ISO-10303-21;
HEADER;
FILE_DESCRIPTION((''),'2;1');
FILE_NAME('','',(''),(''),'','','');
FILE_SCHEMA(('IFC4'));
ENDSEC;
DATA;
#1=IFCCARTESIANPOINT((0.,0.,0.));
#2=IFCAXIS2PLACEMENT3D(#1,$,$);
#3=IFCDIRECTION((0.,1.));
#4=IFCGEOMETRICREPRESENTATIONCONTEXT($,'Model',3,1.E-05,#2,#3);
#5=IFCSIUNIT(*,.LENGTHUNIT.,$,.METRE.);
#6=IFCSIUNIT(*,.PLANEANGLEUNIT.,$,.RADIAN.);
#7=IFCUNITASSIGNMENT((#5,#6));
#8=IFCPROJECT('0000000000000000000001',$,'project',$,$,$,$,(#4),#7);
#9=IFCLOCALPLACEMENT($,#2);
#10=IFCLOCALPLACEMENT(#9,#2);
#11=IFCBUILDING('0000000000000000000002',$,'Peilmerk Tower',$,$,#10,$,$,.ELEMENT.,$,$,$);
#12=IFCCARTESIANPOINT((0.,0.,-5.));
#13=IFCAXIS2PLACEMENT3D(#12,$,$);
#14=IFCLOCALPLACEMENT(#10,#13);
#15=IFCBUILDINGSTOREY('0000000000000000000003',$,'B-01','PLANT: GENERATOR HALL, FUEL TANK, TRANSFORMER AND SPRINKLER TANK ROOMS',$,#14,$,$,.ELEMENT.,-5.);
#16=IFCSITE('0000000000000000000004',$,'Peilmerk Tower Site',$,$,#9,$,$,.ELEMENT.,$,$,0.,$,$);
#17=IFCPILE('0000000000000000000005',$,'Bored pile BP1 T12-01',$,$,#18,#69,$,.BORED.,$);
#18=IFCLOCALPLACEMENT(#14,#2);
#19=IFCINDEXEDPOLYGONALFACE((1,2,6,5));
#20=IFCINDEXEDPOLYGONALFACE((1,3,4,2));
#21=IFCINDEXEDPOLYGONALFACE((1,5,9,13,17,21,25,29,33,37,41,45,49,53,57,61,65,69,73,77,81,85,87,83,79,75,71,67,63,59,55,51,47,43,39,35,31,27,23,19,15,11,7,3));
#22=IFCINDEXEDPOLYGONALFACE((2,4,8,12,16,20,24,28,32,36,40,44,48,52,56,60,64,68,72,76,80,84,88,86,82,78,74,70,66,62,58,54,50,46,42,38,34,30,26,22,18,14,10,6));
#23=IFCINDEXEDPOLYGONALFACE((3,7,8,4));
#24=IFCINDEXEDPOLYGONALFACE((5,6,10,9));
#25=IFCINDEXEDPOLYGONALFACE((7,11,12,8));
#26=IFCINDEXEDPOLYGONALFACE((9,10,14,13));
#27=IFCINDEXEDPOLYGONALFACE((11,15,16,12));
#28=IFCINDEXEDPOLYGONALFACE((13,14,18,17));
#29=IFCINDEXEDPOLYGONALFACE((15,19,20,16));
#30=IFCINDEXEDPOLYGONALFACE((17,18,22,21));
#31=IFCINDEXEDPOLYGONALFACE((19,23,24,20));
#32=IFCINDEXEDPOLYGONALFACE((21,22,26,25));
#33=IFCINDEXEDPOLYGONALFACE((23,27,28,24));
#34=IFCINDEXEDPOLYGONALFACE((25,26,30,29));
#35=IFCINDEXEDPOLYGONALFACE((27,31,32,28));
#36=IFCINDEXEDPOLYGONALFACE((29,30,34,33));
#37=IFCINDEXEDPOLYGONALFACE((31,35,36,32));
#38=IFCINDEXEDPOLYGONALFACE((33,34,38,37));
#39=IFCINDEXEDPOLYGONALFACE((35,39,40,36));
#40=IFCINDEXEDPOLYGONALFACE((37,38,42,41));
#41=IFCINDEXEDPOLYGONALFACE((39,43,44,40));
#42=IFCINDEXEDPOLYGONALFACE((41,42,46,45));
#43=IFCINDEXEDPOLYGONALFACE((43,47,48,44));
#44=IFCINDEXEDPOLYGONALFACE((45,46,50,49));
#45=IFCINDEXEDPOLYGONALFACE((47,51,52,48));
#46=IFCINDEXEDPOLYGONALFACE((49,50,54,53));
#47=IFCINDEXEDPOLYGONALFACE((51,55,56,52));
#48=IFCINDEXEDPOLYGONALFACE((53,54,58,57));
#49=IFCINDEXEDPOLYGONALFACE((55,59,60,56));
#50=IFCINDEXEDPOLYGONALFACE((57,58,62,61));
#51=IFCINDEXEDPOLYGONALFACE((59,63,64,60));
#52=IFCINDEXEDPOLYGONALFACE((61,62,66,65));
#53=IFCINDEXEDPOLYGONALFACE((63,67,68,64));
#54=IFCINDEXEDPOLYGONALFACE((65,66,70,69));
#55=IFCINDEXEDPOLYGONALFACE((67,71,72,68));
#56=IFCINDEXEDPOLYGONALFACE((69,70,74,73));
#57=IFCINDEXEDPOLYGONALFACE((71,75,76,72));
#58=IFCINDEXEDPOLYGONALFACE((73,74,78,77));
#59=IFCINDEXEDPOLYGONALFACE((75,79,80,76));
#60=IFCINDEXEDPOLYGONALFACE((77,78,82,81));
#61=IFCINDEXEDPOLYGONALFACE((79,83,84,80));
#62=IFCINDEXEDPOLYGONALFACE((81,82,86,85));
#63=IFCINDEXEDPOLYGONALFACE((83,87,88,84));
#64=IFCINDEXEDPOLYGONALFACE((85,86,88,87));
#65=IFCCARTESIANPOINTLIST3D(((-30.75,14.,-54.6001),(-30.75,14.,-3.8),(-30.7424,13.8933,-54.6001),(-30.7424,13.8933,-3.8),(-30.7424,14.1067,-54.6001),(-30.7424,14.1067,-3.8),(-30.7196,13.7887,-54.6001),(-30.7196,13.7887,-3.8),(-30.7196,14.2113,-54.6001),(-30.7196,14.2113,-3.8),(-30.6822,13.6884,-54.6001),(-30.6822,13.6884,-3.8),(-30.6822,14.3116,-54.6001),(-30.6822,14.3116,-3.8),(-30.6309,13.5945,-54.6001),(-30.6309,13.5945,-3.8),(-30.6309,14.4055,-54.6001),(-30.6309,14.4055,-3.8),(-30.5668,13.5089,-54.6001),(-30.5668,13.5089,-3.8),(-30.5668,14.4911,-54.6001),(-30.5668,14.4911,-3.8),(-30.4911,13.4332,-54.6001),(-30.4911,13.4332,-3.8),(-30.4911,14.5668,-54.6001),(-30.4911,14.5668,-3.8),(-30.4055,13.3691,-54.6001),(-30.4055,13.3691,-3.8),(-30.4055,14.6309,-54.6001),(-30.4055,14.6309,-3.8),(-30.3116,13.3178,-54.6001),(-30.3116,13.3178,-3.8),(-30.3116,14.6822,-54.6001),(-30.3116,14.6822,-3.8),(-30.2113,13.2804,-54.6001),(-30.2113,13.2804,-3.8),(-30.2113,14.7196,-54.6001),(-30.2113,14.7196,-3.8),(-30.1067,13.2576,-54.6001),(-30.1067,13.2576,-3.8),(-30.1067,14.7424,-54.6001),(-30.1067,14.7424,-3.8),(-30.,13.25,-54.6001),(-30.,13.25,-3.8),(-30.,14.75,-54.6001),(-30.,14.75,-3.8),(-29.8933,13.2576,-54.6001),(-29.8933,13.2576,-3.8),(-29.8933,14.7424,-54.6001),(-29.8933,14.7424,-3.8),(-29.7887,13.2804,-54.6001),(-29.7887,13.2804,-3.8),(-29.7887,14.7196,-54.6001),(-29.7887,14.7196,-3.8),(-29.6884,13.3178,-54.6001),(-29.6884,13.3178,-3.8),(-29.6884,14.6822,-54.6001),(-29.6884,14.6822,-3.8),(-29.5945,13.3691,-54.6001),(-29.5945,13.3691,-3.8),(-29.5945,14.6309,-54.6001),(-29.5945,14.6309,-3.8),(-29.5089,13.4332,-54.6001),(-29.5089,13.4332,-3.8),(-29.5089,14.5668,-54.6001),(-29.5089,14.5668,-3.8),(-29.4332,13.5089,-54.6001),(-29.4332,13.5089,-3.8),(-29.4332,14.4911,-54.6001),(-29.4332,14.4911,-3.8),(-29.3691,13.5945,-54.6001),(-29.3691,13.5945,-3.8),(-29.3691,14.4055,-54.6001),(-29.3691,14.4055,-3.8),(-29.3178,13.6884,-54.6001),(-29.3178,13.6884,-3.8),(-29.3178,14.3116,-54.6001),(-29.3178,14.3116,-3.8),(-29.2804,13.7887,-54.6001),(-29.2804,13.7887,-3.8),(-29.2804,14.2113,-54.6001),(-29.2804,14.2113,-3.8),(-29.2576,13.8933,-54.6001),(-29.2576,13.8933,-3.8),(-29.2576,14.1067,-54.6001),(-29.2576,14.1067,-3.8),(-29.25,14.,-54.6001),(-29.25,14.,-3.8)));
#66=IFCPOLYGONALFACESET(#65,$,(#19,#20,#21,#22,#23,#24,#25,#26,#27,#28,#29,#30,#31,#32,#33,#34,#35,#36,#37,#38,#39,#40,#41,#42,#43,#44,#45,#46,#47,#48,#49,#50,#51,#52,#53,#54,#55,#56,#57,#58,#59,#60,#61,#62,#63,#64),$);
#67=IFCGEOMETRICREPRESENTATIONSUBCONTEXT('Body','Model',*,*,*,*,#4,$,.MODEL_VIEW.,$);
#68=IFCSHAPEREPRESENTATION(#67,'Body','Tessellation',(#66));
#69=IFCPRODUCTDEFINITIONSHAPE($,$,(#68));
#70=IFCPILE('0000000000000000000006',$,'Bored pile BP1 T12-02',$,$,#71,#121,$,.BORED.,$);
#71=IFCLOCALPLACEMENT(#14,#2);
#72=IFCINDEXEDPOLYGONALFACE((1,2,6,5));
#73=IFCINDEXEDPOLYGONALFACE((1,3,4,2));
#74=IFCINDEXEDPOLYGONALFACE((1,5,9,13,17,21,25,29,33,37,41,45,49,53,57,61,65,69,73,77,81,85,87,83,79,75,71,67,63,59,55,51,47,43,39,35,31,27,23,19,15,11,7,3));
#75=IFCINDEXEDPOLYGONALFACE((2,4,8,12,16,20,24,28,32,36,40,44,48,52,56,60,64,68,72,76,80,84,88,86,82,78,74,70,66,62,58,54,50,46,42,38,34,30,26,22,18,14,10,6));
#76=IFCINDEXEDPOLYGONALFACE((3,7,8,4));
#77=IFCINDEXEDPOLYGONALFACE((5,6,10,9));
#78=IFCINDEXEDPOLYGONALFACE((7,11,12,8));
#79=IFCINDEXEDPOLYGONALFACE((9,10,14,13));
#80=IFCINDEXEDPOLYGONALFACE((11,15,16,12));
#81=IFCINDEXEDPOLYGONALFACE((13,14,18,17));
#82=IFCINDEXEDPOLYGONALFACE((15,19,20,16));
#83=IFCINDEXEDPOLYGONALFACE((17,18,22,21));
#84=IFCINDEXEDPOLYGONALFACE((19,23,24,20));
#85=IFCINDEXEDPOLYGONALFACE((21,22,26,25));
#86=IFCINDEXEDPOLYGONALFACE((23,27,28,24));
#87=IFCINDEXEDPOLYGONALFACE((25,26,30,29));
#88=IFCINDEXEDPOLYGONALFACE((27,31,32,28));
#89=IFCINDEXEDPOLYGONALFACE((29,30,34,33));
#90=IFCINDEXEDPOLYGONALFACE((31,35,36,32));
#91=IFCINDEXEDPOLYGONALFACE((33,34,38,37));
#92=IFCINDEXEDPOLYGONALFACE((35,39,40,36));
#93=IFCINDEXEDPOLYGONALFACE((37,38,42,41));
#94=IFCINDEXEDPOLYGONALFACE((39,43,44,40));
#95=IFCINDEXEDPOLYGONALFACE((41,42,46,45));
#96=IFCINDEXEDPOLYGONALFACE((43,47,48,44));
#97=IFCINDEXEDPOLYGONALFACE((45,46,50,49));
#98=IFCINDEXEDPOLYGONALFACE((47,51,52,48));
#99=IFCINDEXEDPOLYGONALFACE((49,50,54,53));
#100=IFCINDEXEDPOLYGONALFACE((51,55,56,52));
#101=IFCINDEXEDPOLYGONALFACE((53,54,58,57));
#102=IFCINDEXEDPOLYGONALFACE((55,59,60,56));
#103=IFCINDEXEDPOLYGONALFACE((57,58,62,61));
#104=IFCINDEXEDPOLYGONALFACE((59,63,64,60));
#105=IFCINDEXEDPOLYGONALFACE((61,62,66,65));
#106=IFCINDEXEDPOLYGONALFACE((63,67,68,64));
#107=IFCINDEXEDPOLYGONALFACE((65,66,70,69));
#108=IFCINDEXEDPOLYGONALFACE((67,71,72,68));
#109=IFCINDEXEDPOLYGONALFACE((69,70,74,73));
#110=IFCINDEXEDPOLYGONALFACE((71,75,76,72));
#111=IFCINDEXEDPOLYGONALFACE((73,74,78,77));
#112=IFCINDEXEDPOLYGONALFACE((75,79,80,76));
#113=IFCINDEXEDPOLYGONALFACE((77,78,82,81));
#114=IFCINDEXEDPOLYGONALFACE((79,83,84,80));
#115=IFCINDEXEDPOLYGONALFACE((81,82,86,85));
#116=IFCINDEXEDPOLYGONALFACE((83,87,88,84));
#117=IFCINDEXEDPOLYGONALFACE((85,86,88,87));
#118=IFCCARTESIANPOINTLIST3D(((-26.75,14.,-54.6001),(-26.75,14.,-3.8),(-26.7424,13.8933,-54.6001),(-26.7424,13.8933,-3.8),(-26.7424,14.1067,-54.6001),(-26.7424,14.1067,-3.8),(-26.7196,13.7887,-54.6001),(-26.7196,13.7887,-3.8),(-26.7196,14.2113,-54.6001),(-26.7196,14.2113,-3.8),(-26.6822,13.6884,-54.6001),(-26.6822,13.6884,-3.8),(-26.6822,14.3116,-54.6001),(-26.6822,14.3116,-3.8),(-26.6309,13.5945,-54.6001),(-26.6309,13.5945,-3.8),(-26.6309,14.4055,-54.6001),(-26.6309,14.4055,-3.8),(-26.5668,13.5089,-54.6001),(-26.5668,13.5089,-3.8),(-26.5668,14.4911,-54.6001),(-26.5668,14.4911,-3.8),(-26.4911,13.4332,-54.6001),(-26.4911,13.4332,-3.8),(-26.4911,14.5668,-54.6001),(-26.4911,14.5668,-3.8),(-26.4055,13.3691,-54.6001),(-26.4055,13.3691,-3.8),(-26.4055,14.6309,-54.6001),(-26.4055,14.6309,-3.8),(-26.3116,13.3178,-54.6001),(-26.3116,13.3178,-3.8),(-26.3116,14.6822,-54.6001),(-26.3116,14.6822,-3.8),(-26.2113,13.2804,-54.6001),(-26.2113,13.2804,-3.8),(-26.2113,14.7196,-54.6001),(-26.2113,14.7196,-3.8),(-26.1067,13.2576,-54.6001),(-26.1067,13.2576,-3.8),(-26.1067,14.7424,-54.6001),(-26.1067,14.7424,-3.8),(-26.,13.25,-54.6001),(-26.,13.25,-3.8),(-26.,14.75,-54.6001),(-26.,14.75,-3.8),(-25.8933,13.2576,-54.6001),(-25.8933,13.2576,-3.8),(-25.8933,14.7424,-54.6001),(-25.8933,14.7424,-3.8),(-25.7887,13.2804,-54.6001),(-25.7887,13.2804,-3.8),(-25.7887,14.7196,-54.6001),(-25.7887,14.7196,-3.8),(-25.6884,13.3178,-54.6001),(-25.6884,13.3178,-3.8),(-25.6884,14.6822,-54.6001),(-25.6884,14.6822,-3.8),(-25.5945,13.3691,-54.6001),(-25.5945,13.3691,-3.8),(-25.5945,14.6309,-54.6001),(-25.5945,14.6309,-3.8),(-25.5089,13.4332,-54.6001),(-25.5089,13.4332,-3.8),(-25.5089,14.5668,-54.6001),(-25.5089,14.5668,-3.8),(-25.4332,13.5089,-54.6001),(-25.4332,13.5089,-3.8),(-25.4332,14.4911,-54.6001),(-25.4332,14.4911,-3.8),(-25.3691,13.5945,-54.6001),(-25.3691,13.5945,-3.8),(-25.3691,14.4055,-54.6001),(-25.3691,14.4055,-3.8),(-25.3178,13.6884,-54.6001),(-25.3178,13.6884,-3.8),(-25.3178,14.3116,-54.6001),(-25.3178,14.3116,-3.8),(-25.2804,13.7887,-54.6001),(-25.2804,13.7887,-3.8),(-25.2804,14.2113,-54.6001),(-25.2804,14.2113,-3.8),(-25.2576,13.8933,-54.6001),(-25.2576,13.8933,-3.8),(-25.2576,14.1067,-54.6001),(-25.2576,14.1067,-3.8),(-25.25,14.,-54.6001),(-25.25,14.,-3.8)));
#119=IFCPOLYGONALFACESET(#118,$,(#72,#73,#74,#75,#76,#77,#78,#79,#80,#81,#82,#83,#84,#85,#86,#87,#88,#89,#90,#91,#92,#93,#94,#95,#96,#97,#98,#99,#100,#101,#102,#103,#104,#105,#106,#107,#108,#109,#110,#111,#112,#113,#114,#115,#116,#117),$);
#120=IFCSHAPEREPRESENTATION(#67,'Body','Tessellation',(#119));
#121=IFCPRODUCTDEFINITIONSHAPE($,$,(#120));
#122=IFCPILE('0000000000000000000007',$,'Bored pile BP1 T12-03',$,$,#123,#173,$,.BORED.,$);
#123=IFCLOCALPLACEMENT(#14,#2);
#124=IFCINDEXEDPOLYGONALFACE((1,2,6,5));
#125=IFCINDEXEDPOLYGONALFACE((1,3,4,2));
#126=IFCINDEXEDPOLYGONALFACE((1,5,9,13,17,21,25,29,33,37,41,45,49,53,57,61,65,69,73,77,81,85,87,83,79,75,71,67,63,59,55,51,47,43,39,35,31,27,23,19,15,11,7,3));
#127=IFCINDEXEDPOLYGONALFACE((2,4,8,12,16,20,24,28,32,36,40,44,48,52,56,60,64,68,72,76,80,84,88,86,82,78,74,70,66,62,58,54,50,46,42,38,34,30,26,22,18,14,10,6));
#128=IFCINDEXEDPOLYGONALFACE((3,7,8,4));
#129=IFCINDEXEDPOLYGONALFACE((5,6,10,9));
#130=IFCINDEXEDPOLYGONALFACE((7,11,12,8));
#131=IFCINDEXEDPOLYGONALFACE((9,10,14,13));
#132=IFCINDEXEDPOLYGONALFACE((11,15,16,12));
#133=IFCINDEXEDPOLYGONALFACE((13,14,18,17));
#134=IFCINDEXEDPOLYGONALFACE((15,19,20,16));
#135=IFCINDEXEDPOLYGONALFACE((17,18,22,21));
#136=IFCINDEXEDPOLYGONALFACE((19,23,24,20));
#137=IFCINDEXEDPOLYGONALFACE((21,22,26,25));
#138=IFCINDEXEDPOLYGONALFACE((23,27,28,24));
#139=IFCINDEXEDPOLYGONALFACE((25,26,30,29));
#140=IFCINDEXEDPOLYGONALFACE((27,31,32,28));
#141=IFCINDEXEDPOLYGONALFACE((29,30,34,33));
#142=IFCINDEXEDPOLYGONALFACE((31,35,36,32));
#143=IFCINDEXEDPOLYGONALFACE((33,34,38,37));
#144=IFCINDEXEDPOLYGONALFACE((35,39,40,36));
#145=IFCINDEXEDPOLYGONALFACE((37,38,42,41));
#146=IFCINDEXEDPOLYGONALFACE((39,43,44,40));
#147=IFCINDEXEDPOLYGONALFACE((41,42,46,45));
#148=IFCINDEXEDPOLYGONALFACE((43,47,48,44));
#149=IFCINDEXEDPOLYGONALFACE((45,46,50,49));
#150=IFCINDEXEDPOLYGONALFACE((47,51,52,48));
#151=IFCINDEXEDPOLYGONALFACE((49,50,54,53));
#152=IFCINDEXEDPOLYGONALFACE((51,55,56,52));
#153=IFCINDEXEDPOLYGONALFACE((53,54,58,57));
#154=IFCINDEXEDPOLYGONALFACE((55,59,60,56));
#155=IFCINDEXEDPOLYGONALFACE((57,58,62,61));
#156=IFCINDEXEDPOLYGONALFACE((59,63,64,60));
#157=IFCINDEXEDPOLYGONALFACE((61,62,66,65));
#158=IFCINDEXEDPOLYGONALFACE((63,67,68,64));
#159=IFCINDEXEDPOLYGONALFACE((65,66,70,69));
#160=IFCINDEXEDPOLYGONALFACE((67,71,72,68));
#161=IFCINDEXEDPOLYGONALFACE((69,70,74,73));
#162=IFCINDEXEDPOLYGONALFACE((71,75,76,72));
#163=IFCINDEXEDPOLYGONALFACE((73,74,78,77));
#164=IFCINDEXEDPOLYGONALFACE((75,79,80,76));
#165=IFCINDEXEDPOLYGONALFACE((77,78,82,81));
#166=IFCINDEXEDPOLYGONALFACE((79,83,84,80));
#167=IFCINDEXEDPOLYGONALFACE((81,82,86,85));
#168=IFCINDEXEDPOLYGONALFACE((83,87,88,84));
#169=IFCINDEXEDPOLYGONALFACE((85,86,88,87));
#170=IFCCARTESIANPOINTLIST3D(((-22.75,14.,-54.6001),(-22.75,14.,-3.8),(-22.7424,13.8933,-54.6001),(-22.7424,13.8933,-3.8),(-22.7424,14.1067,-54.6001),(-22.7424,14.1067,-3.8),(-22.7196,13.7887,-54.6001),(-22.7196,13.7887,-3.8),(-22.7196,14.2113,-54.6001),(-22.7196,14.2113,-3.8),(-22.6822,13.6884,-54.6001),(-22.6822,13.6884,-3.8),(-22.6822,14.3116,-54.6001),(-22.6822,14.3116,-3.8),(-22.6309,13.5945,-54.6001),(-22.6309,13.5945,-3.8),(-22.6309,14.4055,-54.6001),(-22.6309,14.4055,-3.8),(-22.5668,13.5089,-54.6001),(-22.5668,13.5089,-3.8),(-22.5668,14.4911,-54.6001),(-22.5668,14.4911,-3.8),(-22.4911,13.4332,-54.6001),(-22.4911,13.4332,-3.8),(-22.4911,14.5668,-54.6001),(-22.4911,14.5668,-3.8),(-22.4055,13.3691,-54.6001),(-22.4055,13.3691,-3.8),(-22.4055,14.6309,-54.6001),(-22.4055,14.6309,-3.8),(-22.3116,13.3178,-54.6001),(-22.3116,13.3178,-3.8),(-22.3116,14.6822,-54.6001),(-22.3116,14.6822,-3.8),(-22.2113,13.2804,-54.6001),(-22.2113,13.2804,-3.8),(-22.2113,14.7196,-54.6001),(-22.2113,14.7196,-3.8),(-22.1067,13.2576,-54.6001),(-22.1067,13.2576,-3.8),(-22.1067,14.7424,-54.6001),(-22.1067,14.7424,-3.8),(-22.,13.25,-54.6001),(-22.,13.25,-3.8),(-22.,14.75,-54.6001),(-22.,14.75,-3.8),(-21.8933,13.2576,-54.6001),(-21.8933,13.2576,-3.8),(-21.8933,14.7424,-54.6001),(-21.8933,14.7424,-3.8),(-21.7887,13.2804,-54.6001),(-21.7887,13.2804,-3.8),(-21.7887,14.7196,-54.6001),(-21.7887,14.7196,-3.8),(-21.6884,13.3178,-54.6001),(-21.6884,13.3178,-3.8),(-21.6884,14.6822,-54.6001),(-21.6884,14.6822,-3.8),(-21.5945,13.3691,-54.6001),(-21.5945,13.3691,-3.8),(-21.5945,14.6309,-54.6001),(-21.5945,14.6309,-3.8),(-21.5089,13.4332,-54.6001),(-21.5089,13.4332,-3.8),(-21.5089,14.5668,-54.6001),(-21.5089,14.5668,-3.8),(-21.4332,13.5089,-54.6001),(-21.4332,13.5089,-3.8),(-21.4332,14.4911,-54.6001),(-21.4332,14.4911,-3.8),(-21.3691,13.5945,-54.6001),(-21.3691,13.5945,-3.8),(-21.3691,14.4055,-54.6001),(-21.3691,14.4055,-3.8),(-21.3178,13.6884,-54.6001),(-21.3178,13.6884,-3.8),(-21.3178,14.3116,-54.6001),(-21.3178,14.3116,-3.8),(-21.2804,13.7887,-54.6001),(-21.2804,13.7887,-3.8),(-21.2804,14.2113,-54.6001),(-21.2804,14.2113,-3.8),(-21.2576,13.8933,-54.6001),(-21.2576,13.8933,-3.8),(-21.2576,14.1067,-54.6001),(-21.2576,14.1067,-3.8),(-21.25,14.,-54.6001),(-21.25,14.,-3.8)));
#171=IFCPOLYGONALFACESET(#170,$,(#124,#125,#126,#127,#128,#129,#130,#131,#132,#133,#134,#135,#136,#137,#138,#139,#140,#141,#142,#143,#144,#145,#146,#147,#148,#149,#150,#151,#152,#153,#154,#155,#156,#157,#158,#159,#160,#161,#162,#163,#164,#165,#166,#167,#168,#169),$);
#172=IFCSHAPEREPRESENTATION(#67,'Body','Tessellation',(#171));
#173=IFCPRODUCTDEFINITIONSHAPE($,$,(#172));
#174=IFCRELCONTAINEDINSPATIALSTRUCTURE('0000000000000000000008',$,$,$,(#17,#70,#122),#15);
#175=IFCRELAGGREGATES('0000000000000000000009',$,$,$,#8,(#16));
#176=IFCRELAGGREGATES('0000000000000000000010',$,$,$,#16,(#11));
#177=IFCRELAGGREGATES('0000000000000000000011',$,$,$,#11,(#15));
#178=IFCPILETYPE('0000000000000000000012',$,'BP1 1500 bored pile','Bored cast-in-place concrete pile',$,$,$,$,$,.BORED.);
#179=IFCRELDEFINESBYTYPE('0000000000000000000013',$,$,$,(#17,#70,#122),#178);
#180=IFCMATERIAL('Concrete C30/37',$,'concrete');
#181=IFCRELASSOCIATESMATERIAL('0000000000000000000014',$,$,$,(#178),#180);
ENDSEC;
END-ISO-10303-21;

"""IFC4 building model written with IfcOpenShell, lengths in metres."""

from ifc_helpers import new_model, si_unit, direction, frame, origin, origin_2d, place, context, subcontext, project, spatial, circle, extrude, material, material_profile, profile_set, type_object, element, save


model = new_model("IFC4")

# Units and contexts
model_context = context("Model", 3, precision=1e-05, world=origin(), true_north=direction((0.0, 1.0)))
body_context = subcontext(model_context, "Body", "Model", "MODEL_VIEW")
ifc_project = project(units=[si_unit("LENGTHUNIT", "METRE"), si_unit("PLANEANGLEUNIT", "RADIAN")], contexts=[model_context])

# Site, building, storey
site_placement = place(None, origin())
site = spatial("IfcSite", under=ifc_project, at=site_placement, Name="Peilmerk Tower Site", CompositionType="ELEMENT", RefElevation=0.0)
building_placement = place(site_placement, origin())
building = spatial("IfcBuilding", under=site, at=building_placement, Name="Peilmerk Tower", CompositionType="ELEMENT")
storey_placement = place(building_placement, frame((0.0, 0.0, -5.0)))
storey = spatial("IfcBuildingStorey", under=building, at=storey_placement, Name="B-01", Description="PLANT: GENERATOR HALL, FUEL TANK, TRANSFORMER AND SPRINKLER TANK ROOMS", CompositionType="ELEMENT", Elevation=-5.0)

# Piles
ifc_material_1 = material(Name="Concrete C30/37", Category="concrete")
ifc_material_profile_1 = material_profile(ifc_material_1, circle(Radius=0.75, at=origin_2d()), Name="BP 1500")
ifc_profile_set_1 = profile_set([ifc_material_profile_1], Name="Concrete C30/37")
pile_type_1 = type_object("IfcPileType", Name="BP1 1500 bored pile", Description="Bored cast-in-place concrete pile", PredefinedType="BORED", material=ifc_profile_set_1)
for number, where, z_axis, x_axis, name in (
    (1, (-30.0, 14.0, -3.8), (0.0, 0.0, -1.0), (1.0, 0.0, 0.0), "Bored pile BP1 T12-01"),
    (2, (-26.0, 14.0, -3.8), (0.0, 0.0, -1.0), (1.0, 0.0, 0.0), "Bored pile BP1 T12-02"),
    (3, (-22.0, 14.0, -3.8), (0.0, 0.0, -1.0), (1.0, 0.0, 0.0), "Bored pile BP1 T12-03"),
):
    element("IfcPile", number, at=place(storey_placement, frame(where, z_axis=z_axis, x_axis=x_axis)), inside=storey, type_object=pile_type_1, Name=name, PredefinedType="BORED", context=body_context, shape_type="SweptSolid", body=[
        extrude(circle(Radius=0.75, at=origin_2d()), origin(), (0.0, 0.0, 1.0), 50.8),
    ])

save(model, "model.ifc")
